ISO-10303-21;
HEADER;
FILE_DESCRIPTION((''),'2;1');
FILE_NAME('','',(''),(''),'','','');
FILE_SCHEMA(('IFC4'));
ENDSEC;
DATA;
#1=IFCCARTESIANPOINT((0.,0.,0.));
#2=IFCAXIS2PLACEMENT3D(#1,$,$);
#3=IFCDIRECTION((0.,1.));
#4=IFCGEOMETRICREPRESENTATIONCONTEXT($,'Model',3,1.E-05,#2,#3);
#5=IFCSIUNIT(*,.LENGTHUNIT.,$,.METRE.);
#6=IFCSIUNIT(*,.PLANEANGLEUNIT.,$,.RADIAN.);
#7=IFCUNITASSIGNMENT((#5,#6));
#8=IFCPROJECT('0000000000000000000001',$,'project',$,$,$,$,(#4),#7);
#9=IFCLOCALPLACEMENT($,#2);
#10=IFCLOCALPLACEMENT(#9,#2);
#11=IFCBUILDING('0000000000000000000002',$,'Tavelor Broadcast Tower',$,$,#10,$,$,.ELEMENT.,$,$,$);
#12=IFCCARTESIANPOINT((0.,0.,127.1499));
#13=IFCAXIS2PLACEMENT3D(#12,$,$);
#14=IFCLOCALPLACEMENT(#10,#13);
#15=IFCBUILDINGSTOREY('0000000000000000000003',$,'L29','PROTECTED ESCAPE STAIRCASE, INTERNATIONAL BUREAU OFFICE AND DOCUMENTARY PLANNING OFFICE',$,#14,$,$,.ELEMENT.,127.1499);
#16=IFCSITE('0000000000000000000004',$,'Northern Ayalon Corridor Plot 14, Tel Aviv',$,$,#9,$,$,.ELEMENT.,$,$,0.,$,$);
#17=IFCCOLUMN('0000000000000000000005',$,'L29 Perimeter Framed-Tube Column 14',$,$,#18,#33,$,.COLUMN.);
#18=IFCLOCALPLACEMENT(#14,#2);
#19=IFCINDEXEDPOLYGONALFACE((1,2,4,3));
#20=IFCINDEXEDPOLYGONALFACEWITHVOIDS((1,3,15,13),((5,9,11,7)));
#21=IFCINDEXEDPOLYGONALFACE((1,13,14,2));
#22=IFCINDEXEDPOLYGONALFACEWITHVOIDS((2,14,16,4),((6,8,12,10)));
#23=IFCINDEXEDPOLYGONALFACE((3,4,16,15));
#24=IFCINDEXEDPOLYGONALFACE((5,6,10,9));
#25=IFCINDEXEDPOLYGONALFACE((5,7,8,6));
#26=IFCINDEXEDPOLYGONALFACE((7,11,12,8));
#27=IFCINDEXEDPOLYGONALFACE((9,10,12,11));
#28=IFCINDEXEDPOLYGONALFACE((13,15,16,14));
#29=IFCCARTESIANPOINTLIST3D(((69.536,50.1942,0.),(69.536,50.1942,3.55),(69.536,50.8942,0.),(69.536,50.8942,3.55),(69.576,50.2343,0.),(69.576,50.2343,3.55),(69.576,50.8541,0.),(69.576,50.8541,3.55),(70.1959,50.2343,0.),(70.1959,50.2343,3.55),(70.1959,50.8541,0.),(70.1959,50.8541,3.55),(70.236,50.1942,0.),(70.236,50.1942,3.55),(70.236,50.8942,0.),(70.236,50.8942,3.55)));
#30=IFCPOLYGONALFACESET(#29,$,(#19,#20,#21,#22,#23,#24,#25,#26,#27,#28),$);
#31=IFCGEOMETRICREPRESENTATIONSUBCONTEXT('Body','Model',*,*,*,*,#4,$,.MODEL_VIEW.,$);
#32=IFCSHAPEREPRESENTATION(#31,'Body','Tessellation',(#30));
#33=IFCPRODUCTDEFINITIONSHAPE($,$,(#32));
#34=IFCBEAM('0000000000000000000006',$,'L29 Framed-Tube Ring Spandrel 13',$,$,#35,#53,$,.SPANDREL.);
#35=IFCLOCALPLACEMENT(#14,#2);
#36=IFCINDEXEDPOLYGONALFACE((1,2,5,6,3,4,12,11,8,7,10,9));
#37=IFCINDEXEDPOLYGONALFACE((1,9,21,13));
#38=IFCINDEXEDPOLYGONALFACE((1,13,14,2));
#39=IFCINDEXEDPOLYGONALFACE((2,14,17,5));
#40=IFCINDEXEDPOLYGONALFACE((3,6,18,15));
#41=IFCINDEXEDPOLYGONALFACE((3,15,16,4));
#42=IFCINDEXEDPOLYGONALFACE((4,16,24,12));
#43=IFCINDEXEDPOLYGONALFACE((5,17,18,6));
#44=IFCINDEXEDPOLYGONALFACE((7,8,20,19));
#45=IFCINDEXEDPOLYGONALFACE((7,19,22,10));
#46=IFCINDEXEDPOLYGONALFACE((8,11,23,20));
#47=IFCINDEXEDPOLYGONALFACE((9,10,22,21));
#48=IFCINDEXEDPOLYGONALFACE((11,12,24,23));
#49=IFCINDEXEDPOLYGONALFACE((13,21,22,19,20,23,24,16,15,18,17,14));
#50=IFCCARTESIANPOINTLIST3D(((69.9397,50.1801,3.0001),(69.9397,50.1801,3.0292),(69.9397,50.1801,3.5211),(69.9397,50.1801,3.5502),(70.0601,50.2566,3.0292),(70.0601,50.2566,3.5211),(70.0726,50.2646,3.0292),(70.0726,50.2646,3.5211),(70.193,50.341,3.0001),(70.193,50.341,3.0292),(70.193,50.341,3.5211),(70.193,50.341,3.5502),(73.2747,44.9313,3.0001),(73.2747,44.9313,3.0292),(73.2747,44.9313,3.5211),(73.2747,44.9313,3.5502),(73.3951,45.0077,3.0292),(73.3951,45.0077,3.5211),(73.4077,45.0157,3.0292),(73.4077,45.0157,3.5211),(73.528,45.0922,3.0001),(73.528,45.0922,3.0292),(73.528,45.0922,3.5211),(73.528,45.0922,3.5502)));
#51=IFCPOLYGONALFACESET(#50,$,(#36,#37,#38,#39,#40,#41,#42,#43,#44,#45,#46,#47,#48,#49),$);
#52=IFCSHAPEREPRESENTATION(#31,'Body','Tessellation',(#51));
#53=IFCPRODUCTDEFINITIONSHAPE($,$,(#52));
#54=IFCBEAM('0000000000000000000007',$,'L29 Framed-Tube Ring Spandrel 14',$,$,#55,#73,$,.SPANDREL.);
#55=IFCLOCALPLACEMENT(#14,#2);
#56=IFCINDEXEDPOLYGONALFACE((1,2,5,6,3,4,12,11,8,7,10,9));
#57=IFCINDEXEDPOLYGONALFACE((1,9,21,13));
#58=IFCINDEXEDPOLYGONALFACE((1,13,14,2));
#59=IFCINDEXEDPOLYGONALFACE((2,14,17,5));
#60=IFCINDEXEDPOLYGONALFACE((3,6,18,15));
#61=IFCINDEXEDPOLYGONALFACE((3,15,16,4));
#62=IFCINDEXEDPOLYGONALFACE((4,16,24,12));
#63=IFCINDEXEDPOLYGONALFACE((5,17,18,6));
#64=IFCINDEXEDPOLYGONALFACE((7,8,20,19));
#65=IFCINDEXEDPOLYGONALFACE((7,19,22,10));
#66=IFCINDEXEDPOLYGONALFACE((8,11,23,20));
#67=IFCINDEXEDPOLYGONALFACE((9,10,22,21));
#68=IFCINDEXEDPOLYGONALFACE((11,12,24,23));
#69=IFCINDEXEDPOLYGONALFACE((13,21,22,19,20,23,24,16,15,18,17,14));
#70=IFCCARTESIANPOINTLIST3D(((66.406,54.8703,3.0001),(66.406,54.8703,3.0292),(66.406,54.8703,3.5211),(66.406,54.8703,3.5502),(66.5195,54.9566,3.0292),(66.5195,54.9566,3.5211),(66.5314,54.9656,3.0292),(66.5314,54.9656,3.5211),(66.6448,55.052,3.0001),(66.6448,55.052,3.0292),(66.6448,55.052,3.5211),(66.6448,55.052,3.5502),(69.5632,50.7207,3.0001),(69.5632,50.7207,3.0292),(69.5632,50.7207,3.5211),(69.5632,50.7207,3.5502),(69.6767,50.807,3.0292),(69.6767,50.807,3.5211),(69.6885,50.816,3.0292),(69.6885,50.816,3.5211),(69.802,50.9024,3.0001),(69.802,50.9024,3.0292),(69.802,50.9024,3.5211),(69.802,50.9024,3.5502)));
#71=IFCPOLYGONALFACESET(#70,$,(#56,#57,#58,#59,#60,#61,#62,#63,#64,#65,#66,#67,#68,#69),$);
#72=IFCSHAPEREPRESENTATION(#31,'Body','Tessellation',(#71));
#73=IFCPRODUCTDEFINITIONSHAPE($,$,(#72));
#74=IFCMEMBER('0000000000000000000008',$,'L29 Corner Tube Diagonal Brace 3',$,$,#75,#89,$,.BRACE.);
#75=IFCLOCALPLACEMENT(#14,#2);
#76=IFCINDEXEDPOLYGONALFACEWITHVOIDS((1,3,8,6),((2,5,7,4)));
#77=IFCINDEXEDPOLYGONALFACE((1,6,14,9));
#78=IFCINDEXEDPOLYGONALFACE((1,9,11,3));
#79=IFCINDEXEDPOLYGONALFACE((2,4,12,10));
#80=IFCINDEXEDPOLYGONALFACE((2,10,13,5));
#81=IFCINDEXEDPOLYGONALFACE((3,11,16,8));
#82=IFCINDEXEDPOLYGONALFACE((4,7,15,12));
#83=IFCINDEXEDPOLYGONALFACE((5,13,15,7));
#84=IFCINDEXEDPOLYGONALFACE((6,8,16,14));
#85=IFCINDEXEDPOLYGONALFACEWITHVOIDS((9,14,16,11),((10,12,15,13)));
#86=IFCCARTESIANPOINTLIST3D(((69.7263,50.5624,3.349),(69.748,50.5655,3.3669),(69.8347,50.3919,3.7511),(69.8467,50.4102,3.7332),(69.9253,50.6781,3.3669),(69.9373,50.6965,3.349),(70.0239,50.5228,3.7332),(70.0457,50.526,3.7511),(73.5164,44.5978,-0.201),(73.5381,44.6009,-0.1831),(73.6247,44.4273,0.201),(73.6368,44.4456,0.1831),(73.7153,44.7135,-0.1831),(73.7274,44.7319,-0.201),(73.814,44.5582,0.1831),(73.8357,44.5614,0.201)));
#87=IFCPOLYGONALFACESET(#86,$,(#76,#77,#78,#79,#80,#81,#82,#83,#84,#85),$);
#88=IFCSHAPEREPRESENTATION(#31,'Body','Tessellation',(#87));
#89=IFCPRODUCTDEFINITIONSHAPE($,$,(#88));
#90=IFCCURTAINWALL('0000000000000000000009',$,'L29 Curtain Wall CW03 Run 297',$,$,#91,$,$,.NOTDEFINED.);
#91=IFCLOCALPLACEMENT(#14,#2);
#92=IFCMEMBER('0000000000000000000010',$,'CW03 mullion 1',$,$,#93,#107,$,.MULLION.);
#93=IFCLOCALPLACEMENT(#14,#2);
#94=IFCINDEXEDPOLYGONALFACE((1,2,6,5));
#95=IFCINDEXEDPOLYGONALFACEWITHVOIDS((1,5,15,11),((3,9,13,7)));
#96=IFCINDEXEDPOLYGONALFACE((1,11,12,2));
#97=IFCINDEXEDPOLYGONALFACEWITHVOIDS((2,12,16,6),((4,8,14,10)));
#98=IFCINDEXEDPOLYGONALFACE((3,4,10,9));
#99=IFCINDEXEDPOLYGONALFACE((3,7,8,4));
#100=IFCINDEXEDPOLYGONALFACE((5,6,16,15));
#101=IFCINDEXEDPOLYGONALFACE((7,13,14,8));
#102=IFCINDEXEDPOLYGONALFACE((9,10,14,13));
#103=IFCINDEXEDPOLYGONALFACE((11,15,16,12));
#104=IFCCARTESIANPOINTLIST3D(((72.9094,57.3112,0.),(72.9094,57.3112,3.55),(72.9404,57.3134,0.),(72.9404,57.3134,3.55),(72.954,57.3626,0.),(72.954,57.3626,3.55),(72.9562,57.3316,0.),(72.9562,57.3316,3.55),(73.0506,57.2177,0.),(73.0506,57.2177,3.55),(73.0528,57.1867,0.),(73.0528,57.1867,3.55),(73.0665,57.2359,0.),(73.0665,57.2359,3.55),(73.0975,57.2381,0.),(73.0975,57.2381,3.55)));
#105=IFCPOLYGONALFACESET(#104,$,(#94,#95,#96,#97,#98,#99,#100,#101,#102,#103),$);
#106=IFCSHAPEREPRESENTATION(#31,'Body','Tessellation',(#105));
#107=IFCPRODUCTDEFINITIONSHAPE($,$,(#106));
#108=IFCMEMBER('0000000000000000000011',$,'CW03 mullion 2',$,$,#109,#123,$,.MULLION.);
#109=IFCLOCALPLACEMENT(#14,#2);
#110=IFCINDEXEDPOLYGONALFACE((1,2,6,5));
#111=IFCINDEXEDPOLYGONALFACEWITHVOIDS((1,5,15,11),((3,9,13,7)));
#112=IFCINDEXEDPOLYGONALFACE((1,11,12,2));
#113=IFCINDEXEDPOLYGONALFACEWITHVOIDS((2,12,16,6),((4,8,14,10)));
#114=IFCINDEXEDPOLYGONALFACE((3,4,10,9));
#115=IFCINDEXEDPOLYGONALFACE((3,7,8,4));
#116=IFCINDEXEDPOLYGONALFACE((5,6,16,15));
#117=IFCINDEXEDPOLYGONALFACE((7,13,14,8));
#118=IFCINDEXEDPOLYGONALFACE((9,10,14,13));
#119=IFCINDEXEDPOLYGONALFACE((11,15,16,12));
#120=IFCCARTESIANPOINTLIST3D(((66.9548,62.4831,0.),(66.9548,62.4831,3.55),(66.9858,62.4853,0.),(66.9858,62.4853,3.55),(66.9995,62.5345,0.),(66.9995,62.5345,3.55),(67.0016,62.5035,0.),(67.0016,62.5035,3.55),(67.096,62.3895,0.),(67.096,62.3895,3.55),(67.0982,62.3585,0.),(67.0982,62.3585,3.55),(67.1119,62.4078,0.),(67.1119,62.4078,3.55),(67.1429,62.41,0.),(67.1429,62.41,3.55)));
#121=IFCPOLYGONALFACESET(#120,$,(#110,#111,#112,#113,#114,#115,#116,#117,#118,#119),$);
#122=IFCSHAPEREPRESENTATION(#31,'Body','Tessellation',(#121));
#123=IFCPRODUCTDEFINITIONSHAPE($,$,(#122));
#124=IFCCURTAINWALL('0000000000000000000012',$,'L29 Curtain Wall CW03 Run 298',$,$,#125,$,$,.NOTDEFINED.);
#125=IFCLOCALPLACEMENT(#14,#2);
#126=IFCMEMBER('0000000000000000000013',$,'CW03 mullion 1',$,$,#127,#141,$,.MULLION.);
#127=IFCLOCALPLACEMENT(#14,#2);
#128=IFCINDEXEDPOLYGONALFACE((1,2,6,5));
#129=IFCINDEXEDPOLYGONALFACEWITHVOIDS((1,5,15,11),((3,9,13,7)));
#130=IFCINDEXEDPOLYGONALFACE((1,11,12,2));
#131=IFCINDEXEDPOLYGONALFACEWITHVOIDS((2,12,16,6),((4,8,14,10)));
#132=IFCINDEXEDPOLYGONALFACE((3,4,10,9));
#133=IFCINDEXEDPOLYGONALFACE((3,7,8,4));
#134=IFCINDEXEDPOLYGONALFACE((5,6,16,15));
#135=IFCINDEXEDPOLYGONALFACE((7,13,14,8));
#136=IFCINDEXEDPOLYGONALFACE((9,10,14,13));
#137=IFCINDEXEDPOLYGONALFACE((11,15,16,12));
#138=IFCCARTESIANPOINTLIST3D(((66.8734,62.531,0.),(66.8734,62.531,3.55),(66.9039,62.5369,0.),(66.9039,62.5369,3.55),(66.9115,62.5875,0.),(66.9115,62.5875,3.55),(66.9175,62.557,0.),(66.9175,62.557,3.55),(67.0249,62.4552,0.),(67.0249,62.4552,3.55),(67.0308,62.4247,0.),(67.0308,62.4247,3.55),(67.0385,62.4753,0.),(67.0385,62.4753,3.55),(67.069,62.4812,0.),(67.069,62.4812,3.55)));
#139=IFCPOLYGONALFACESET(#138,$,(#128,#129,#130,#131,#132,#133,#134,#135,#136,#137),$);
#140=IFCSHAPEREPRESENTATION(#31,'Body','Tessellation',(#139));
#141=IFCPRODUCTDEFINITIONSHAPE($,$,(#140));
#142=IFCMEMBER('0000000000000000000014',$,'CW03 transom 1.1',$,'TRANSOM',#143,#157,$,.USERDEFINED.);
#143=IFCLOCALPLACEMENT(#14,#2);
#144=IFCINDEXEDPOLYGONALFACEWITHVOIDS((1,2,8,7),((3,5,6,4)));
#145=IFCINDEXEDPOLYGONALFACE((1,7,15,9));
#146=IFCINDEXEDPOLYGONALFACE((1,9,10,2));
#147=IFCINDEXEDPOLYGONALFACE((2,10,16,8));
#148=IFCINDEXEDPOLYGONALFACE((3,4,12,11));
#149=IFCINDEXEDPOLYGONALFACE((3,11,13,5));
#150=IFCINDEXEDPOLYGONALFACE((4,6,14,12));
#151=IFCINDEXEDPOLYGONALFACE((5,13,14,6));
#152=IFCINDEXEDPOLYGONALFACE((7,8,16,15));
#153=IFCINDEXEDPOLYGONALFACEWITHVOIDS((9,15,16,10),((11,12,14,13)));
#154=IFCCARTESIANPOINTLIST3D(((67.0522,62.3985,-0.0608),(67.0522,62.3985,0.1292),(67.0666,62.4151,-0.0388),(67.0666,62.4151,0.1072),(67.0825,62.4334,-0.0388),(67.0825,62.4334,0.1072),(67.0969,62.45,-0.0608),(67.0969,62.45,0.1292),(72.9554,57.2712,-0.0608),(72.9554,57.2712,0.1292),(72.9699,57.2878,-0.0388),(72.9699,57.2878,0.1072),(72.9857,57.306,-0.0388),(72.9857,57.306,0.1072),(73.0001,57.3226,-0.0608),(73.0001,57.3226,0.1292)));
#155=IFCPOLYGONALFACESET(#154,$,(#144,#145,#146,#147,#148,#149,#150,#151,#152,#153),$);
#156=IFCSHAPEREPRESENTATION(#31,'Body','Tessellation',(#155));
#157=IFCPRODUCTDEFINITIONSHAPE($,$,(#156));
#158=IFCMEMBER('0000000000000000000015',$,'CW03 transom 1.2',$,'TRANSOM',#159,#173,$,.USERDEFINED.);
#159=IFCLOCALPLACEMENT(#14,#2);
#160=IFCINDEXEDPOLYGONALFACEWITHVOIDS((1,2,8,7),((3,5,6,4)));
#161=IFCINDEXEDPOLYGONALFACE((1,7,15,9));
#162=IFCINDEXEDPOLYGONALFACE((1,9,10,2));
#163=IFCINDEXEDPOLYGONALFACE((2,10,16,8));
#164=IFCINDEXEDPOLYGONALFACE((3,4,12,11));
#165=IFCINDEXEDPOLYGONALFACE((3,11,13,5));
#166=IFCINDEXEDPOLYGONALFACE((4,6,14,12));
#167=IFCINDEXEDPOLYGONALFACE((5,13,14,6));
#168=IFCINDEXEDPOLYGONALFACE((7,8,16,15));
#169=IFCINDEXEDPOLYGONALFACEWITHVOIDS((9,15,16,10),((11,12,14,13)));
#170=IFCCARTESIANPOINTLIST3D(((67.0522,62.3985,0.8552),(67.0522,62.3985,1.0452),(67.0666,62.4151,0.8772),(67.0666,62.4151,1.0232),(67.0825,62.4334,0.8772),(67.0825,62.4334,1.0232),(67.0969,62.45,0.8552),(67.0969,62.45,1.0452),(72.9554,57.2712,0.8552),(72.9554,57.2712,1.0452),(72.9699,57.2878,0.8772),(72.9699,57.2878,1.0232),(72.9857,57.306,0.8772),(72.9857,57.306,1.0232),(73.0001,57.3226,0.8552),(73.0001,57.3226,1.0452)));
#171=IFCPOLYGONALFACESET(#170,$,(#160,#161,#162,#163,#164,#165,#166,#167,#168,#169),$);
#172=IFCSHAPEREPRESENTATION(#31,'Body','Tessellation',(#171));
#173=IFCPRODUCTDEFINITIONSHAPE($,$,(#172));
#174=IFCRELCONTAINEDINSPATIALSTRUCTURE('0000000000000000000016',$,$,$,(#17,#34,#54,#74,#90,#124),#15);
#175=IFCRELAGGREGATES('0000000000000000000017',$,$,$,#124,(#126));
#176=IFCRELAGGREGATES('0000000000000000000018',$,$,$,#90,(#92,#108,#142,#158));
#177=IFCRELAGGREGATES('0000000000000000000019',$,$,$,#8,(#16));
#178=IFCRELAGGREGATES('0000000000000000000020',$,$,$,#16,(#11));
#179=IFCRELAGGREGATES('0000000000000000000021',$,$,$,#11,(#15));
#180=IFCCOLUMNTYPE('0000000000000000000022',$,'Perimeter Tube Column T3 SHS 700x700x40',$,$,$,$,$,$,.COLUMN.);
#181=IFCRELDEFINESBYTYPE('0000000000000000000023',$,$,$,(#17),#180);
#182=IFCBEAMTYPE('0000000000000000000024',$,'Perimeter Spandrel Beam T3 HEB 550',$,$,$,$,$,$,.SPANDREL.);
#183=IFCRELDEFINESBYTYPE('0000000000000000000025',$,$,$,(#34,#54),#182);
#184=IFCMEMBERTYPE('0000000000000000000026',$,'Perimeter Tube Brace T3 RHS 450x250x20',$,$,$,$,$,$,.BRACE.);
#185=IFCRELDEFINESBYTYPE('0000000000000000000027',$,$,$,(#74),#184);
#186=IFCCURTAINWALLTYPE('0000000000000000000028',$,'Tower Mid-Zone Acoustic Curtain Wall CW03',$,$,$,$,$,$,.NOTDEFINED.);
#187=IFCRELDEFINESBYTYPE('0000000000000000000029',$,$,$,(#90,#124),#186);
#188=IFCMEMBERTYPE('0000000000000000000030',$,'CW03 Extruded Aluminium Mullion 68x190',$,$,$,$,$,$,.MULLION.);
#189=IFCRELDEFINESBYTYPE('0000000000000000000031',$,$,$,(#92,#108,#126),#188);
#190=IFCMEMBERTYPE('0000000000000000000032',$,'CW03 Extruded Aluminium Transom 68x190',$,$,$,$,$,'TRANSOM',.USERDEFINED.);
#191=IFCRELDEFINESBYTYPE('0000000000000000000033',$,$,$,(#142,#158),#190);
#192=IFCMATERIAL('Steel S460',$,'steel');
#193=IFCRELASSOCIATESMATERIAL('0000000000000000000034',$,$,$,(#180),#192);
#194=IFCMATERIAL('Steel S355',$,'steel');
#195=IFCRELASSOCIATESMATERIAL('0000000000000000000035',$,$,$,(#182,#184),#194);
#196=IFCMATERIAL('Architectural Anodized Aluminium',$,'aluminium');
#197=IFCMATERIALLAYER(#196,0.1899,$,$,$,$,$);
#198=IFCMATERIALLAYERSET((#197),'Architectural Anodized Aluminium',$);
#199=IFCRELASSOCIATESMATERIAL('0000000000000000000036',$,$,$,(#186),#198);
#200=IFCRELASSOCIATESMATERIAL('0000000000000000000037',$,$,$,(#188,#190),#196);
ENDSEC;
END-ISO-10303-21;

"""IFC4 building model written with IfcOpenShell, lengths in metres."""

from ifc_helpers import new_model, si_unit, direction, frame, origin, origin_2d, place, context, subcontext, project, spatial, hollow_rectangle, i_section, extrude, source, transform, mapped, material, layer, layer_set, material_profile, profile_set, type_object, type_shapes, element, aggregate, save


model = new_model("IFC4")

# Units and contexts
model_context = context("Model", 3, precision=1e-05, world=origin(), true_north=direction((0.0, 1.0)))
body_context = subcontext(model_context, "Body", "Model", "MODEL_VIEW")
ifc_project = project(units=[si_unit("LENGTHUNIT", "METRE"), si_unit("PLANEANGLEUNIT", "RADIAN")], contexts=[model_context])

# Site, building, storey
site_placement = place(None, origin())
site = spatial("IfcSite", under=ifc_project, at=site_placement, Name="Northern Ayalon Corridor Plot 14, Tel Aviv", CompositionType="ELEMENT", RefElevation=0.0)
building_placement = place(site_placement, origin())
building = spatial("IfcBuilding", under=site, at=building_placement, Name="Tavelor Broadcast Tower", CompositionType="ELEMENT")
storey_placement = place(building_placement, frame((0.0, 0.0, 127.1499)))
storey = spatial("IfcBuildingStorey", under=building, at=storey_placement, Name="L29", Description="PROTECTED ESCAPE STAIRCASE, INTERNATIONAL BUREAU OFFICE AND DOCUMENTARY PLANNING OFFICE", CompositionType="ELEMENT", Elevation=127.1499)

# Column
ifc_material_1 = material(Name="Steel S460", Category="steel")
ifc_material_profile_1 = material_profile(ifc_material_1, hollow_rectangle(XDim=0.7, YDim=0.7, WallThickness=0.04, at=origin_2d()), Name="SHS 700x700x40")
ifc_profile_set_1 = profile_set([ifc_material_profile_1], Name="Steel S460")
column_type = type_object("IfcColumnType", Name="Perimeter Tube Column T3 SHS 700x700x40", PredefinedType="COLUMN", material=ifc_profile_set_1)
column_placement = place(storey_placement, frame((69.886, 50.5442, 0.0), z_axis=(0.0, 0.0, 1.0), x_axis=(1.0, 0.0, 0.0)))
element("IfcColumn", 1, at=column_placement, inside=storey, type_object=column_type, Name="L29 Perimeter Framed-Tube Column 14", PredefinedType="COLUMN", context=body_context, shape_type="SweptSolid", body=[
    extrude(hollow_rectangle(XDim=0.7, YDim=0.7, WallThickness=0.04, at=origin_2d()), origin(), (0.0, 0.0, 1.0), 3.55),
])

# Beams
ifc_material_2 = material(Name="Steel S355", Category="steel")
ifc_material_profile_2 = material_profile(ifc_material_2, i_section(OverallWidth=0.3, OverallDepth=0.55, WebThickness=0.0149, FlangeThickness=0.0291, at=origin_2d()), Name="HEB 550")
ifc_profile_set_2 = profile_set([ifc_material_profile_2], Name="Steel S355")
beam_type = type_object("IfcBeamType", Name="Perimeter Spandrel Beam T3 HEB 550", PredefinedType="SPANDREL", material=ifc_profile_set_2)
beam_1_placement = place(storey_placement, frame((73.4014, 45.0117, 3.2751), z_axis=(-0.536283, 0.844038, 0.0), x_axis=(-0.844038, -0.536283, 0.0)))
element("IfcBeam", 2, at=beam_1_placement, inside=storey, type_object=beam_type, Name="L29 Framed-Tube Ring Spandrel 13", PredefinedType="SPANDREL", context=body_context, shape_type="SweptSolid", body=[
    extrude(i_section(OverallWidth=0.3, OverallDepth=0.55, WebThickness=0.0149, FlangeThickness=0.0291, at=origin_2d()), origin(), (0.0, 0.0, 1.0), 6.2188),
])
beam_2_placement = place(storey_placement, frame((69.6826, 50.8115, 3.2751), z_axis=(-0.605507, 0.79584, 0.0), x_axis=(-0.79584, -0.605507, 0.0)))
element("IfcBeam", 3, at=beam_2_placement, inside=storey, type_object=beam_type, Name="L29 Framed-Tube Ring Spandrel 14", PredefinedType="SPANDREL", context=body_context, shape_type="SweptSolid", body=[
    extrude(i_section(OverallWidth=0.3, OverallDepth=0.55, WebThickness=0.0149, FlangeThickness=0.0291, at=origin_2d()), origin(), (0.0, 0.0, 1.0), 5.2141),
])

# Member
ifc_material_profile_3 = material_profile(ifc_material_2, hollow_rectangle(XDim=0.25, YDim=0.45, WallThickness=0.02, at=origin_2d()), Name="RHS 450x250x20")
ifc_profile_set_3 = profile_set([ifc_material_profile_3], Name="Steel S355")
member_type_1 = type_object("IfcMemberType", Name="Perimeter Tube Brace T3 RHS 450x250x20", PredefinedType="BRACE", material=ifc_profile_set_3)
member_1_placement = place(storey_placement, frame((73.676, 44.5796, 0.0), z_axis=(-0.479239, 0.754205, 0.448893), x_axis=(-0.844021, -0.53631, 0.0)))
element("IfcMember", 4, at=member_1_placement, inside=storey, type_object=member_type_1, Name="L29 Corner Tube Diagonal Brace 3", PredefinedType="BRACE", context=body_context, shape_type="SweptSolid", body=[
    extrude(hollow_rectangle(XDim=0.25, YDim=0.45, WallThickness=0.02, at=origin_2d()), origin(), (0.0, 0.0, 1.0), 7.9084),
])

# Curtain wall, members
ifc_material_3 = material(Name="Architectural Anodized Aluminium", Category="aluminium")
ifc_layer_1 = layer(ifc_material_3, 0.1899)
ifc_layer_set_1 = layer_set([ifc_layer_1], Name="Architectural Anodized Aluminium")
curtain_wall_type = type_object("IfcCurtainWallType", Name="Tower Mid-Zone Acoustic Curtain Wall CW03", PredefinedType="NOTDEFINED", material=ifc_layer_set_1)
curtain_wall_1_placement = place(storey_placement, origin())
curtain_wall_1 = element("IfcCurtainWall", 5, at=curtain_wall_1_placement, inside=storey, type_object=curtain_wall_type, Name="L29 Curtain Wall CW03 Run 297", PredefinedType="NOTDEFINED")
ifc_material_profile_4 = material_profile(ifc_material_3, hollow_rectangle(XDim=0.0681, YDim=0.1899, WallThickness=0.022, at=origin_2d()), Name="RHS 68x190x22")
ifc_profile_set_4 = profile_set([ifc_material_profile_4], Name="Architectural Anodized Aluminium")
member_type_2 = type_object("IfcMemberType", Name="CW03 Extruded Aluminium Mullion 68x190", PredefinedType="MULLION", material=ifc_profile_set_4)
shared_shape_1 = source(origin(), body_context, "Body", "SweptSolid", [
    extrude(hollow_rectangle(XDim=0.0681, YDim=0.1899, WallThickness=0.022, at=origin_2d()), origin(), (0.0, 0.0, 1.0), 3.55),
])
type_shapes(member_type_2, [shared_shape_1])
member_2_placement = place(storey_placement, frame((73.0034, 57.2747, 0.0), z_axis=(0.0, 0.0, 1.0), x_axis=(-0.655728, -0.754997, 0.0)))
member_2 = element("IfcMember", 6, at=member_2_placement, type_object=member_type_2, Name="CW03 mullion 1", PredefinedType="MULLION", context=body_context, shape_type="MappedRepresentation", body=[
    mapped(shared_shape_1, transform((0.0, 0.0, 0.0), scale=1.0)),
])
member_3_placement = place(storey_placement, frame((67.0488, 62.4465, 0.0), z_axis=(0.0, 0.0, 1.0), x_axis=(-0.655728, -0.754997, 0.0)))
member_3 = element("IfcMember", 7, at=member_3_placement, type_object=member_type_2, Name="CW03 mullion 2", PredefinedType="MULLION", context=body_context, shape_type="MappedRepresentation", body=[
    mapped(shared_shape_1, transform((0.0, 0.0, 0.0), scale=1.0)),
])

# Curtain wall, member
curtain_wall_2_placement = place(storey_placement, origin())
curtain_wall_2 = element("IfcCurtainWall", 8, at=curtain_wall_2_placement, inside=storey, type_object=curtain_wall_type, Name="L29 Curtain Wall CW03 Run 298", PredefinedType="NOTDEFINED")
member_4_placement = place(storey_placement, frame((66.9712, 62.5061, 0.0), z_axis=(0.0, 0.0, 1.0), x_axis=(-0.559547, -0.828798, 0.0)))
member_4 = element("IfcMember", 9, at=member_4_placement, type_object=member_type_2, Name="CW03 mullion 1", PredefinedType="MULLION", context=body_context, shape_type="MappedRepresentation", body=[
    mapped(shared_shape_1, transform((0.0, 0.0, 0.0), scale=1.0)),
])

# Members
ifc_material_profile_5 = material_profile(ifc_material_3, hollow_rectangle(XDim=0.0681, YDim=0.1899, WallThickness=0.022, at=origin_2d()), Name="RHS 68x190x22")
ifc_profile_set_5 = profile_set([ifc_material_profile_5], Name="Architectural Anodized Aluminium")
member_type_3 = type_object("IfcMemberType", Name="CW03 Extruded Aluminium Transom 68x190", ElementType="TRANSOM", PredefinedType="USERDEFINED", material=ifc_profile_set_5)
shared_shape_2 = source(origin(), body_context, "Body", "SweptSolid", [
    extrude(hollow_rectangle(XDim=0.0681, YDim=0.1899, WallThickness=0.022, at=origin_2d()), origin(), (0.0, 0.0, 1.0), 7.8191),
])
member_5_placement = place(storey_placement, frame((72.9778, 57.2969, 0.0342), z_axis=(-0.754978, 0.65575, 0.0), x_axis=(-0.65575, -0.754978, 0.0)))
member_5 = element("IfcMember", 10, at=member_5_placement, type_object=member_type_3, Name="CW03 transom 1.1", ObjectType="TRANSOM", PredefinedType="USERDEFINED", context=body_context, shape_type="MappedRepresentation", body=[
    mapped(shared_shape_2, transform((0.0, 0.0, 0.0), scale=1.0)),
])
member_6_placement = place(storey_placement, frame((72.9778, 57.2969, 0.9502), z_axis=(-0.754978, 0.65575, 0.0), x_axis=(-0.65575, -0.754978, 0.0)))
member_6 = element("IfcMember", 11, at=member_6_placement, type_object=member_type_3, Name="CW03 transom 1.2", ObjectType="TRANSOM", PredefinedType="USERDEFINED", context=body_context, shape_type="MappedRepresentation", body=[
    mapped(shared_shape_2, transform((0.0, 0.0, 0.0), scale=1.0)),
])
aggregate(curtain_wall_2, [member_4])

aggregate(curtain_wall_1, [member_2, member_3, member_5, member_6])

save(model, "model.ifc")
